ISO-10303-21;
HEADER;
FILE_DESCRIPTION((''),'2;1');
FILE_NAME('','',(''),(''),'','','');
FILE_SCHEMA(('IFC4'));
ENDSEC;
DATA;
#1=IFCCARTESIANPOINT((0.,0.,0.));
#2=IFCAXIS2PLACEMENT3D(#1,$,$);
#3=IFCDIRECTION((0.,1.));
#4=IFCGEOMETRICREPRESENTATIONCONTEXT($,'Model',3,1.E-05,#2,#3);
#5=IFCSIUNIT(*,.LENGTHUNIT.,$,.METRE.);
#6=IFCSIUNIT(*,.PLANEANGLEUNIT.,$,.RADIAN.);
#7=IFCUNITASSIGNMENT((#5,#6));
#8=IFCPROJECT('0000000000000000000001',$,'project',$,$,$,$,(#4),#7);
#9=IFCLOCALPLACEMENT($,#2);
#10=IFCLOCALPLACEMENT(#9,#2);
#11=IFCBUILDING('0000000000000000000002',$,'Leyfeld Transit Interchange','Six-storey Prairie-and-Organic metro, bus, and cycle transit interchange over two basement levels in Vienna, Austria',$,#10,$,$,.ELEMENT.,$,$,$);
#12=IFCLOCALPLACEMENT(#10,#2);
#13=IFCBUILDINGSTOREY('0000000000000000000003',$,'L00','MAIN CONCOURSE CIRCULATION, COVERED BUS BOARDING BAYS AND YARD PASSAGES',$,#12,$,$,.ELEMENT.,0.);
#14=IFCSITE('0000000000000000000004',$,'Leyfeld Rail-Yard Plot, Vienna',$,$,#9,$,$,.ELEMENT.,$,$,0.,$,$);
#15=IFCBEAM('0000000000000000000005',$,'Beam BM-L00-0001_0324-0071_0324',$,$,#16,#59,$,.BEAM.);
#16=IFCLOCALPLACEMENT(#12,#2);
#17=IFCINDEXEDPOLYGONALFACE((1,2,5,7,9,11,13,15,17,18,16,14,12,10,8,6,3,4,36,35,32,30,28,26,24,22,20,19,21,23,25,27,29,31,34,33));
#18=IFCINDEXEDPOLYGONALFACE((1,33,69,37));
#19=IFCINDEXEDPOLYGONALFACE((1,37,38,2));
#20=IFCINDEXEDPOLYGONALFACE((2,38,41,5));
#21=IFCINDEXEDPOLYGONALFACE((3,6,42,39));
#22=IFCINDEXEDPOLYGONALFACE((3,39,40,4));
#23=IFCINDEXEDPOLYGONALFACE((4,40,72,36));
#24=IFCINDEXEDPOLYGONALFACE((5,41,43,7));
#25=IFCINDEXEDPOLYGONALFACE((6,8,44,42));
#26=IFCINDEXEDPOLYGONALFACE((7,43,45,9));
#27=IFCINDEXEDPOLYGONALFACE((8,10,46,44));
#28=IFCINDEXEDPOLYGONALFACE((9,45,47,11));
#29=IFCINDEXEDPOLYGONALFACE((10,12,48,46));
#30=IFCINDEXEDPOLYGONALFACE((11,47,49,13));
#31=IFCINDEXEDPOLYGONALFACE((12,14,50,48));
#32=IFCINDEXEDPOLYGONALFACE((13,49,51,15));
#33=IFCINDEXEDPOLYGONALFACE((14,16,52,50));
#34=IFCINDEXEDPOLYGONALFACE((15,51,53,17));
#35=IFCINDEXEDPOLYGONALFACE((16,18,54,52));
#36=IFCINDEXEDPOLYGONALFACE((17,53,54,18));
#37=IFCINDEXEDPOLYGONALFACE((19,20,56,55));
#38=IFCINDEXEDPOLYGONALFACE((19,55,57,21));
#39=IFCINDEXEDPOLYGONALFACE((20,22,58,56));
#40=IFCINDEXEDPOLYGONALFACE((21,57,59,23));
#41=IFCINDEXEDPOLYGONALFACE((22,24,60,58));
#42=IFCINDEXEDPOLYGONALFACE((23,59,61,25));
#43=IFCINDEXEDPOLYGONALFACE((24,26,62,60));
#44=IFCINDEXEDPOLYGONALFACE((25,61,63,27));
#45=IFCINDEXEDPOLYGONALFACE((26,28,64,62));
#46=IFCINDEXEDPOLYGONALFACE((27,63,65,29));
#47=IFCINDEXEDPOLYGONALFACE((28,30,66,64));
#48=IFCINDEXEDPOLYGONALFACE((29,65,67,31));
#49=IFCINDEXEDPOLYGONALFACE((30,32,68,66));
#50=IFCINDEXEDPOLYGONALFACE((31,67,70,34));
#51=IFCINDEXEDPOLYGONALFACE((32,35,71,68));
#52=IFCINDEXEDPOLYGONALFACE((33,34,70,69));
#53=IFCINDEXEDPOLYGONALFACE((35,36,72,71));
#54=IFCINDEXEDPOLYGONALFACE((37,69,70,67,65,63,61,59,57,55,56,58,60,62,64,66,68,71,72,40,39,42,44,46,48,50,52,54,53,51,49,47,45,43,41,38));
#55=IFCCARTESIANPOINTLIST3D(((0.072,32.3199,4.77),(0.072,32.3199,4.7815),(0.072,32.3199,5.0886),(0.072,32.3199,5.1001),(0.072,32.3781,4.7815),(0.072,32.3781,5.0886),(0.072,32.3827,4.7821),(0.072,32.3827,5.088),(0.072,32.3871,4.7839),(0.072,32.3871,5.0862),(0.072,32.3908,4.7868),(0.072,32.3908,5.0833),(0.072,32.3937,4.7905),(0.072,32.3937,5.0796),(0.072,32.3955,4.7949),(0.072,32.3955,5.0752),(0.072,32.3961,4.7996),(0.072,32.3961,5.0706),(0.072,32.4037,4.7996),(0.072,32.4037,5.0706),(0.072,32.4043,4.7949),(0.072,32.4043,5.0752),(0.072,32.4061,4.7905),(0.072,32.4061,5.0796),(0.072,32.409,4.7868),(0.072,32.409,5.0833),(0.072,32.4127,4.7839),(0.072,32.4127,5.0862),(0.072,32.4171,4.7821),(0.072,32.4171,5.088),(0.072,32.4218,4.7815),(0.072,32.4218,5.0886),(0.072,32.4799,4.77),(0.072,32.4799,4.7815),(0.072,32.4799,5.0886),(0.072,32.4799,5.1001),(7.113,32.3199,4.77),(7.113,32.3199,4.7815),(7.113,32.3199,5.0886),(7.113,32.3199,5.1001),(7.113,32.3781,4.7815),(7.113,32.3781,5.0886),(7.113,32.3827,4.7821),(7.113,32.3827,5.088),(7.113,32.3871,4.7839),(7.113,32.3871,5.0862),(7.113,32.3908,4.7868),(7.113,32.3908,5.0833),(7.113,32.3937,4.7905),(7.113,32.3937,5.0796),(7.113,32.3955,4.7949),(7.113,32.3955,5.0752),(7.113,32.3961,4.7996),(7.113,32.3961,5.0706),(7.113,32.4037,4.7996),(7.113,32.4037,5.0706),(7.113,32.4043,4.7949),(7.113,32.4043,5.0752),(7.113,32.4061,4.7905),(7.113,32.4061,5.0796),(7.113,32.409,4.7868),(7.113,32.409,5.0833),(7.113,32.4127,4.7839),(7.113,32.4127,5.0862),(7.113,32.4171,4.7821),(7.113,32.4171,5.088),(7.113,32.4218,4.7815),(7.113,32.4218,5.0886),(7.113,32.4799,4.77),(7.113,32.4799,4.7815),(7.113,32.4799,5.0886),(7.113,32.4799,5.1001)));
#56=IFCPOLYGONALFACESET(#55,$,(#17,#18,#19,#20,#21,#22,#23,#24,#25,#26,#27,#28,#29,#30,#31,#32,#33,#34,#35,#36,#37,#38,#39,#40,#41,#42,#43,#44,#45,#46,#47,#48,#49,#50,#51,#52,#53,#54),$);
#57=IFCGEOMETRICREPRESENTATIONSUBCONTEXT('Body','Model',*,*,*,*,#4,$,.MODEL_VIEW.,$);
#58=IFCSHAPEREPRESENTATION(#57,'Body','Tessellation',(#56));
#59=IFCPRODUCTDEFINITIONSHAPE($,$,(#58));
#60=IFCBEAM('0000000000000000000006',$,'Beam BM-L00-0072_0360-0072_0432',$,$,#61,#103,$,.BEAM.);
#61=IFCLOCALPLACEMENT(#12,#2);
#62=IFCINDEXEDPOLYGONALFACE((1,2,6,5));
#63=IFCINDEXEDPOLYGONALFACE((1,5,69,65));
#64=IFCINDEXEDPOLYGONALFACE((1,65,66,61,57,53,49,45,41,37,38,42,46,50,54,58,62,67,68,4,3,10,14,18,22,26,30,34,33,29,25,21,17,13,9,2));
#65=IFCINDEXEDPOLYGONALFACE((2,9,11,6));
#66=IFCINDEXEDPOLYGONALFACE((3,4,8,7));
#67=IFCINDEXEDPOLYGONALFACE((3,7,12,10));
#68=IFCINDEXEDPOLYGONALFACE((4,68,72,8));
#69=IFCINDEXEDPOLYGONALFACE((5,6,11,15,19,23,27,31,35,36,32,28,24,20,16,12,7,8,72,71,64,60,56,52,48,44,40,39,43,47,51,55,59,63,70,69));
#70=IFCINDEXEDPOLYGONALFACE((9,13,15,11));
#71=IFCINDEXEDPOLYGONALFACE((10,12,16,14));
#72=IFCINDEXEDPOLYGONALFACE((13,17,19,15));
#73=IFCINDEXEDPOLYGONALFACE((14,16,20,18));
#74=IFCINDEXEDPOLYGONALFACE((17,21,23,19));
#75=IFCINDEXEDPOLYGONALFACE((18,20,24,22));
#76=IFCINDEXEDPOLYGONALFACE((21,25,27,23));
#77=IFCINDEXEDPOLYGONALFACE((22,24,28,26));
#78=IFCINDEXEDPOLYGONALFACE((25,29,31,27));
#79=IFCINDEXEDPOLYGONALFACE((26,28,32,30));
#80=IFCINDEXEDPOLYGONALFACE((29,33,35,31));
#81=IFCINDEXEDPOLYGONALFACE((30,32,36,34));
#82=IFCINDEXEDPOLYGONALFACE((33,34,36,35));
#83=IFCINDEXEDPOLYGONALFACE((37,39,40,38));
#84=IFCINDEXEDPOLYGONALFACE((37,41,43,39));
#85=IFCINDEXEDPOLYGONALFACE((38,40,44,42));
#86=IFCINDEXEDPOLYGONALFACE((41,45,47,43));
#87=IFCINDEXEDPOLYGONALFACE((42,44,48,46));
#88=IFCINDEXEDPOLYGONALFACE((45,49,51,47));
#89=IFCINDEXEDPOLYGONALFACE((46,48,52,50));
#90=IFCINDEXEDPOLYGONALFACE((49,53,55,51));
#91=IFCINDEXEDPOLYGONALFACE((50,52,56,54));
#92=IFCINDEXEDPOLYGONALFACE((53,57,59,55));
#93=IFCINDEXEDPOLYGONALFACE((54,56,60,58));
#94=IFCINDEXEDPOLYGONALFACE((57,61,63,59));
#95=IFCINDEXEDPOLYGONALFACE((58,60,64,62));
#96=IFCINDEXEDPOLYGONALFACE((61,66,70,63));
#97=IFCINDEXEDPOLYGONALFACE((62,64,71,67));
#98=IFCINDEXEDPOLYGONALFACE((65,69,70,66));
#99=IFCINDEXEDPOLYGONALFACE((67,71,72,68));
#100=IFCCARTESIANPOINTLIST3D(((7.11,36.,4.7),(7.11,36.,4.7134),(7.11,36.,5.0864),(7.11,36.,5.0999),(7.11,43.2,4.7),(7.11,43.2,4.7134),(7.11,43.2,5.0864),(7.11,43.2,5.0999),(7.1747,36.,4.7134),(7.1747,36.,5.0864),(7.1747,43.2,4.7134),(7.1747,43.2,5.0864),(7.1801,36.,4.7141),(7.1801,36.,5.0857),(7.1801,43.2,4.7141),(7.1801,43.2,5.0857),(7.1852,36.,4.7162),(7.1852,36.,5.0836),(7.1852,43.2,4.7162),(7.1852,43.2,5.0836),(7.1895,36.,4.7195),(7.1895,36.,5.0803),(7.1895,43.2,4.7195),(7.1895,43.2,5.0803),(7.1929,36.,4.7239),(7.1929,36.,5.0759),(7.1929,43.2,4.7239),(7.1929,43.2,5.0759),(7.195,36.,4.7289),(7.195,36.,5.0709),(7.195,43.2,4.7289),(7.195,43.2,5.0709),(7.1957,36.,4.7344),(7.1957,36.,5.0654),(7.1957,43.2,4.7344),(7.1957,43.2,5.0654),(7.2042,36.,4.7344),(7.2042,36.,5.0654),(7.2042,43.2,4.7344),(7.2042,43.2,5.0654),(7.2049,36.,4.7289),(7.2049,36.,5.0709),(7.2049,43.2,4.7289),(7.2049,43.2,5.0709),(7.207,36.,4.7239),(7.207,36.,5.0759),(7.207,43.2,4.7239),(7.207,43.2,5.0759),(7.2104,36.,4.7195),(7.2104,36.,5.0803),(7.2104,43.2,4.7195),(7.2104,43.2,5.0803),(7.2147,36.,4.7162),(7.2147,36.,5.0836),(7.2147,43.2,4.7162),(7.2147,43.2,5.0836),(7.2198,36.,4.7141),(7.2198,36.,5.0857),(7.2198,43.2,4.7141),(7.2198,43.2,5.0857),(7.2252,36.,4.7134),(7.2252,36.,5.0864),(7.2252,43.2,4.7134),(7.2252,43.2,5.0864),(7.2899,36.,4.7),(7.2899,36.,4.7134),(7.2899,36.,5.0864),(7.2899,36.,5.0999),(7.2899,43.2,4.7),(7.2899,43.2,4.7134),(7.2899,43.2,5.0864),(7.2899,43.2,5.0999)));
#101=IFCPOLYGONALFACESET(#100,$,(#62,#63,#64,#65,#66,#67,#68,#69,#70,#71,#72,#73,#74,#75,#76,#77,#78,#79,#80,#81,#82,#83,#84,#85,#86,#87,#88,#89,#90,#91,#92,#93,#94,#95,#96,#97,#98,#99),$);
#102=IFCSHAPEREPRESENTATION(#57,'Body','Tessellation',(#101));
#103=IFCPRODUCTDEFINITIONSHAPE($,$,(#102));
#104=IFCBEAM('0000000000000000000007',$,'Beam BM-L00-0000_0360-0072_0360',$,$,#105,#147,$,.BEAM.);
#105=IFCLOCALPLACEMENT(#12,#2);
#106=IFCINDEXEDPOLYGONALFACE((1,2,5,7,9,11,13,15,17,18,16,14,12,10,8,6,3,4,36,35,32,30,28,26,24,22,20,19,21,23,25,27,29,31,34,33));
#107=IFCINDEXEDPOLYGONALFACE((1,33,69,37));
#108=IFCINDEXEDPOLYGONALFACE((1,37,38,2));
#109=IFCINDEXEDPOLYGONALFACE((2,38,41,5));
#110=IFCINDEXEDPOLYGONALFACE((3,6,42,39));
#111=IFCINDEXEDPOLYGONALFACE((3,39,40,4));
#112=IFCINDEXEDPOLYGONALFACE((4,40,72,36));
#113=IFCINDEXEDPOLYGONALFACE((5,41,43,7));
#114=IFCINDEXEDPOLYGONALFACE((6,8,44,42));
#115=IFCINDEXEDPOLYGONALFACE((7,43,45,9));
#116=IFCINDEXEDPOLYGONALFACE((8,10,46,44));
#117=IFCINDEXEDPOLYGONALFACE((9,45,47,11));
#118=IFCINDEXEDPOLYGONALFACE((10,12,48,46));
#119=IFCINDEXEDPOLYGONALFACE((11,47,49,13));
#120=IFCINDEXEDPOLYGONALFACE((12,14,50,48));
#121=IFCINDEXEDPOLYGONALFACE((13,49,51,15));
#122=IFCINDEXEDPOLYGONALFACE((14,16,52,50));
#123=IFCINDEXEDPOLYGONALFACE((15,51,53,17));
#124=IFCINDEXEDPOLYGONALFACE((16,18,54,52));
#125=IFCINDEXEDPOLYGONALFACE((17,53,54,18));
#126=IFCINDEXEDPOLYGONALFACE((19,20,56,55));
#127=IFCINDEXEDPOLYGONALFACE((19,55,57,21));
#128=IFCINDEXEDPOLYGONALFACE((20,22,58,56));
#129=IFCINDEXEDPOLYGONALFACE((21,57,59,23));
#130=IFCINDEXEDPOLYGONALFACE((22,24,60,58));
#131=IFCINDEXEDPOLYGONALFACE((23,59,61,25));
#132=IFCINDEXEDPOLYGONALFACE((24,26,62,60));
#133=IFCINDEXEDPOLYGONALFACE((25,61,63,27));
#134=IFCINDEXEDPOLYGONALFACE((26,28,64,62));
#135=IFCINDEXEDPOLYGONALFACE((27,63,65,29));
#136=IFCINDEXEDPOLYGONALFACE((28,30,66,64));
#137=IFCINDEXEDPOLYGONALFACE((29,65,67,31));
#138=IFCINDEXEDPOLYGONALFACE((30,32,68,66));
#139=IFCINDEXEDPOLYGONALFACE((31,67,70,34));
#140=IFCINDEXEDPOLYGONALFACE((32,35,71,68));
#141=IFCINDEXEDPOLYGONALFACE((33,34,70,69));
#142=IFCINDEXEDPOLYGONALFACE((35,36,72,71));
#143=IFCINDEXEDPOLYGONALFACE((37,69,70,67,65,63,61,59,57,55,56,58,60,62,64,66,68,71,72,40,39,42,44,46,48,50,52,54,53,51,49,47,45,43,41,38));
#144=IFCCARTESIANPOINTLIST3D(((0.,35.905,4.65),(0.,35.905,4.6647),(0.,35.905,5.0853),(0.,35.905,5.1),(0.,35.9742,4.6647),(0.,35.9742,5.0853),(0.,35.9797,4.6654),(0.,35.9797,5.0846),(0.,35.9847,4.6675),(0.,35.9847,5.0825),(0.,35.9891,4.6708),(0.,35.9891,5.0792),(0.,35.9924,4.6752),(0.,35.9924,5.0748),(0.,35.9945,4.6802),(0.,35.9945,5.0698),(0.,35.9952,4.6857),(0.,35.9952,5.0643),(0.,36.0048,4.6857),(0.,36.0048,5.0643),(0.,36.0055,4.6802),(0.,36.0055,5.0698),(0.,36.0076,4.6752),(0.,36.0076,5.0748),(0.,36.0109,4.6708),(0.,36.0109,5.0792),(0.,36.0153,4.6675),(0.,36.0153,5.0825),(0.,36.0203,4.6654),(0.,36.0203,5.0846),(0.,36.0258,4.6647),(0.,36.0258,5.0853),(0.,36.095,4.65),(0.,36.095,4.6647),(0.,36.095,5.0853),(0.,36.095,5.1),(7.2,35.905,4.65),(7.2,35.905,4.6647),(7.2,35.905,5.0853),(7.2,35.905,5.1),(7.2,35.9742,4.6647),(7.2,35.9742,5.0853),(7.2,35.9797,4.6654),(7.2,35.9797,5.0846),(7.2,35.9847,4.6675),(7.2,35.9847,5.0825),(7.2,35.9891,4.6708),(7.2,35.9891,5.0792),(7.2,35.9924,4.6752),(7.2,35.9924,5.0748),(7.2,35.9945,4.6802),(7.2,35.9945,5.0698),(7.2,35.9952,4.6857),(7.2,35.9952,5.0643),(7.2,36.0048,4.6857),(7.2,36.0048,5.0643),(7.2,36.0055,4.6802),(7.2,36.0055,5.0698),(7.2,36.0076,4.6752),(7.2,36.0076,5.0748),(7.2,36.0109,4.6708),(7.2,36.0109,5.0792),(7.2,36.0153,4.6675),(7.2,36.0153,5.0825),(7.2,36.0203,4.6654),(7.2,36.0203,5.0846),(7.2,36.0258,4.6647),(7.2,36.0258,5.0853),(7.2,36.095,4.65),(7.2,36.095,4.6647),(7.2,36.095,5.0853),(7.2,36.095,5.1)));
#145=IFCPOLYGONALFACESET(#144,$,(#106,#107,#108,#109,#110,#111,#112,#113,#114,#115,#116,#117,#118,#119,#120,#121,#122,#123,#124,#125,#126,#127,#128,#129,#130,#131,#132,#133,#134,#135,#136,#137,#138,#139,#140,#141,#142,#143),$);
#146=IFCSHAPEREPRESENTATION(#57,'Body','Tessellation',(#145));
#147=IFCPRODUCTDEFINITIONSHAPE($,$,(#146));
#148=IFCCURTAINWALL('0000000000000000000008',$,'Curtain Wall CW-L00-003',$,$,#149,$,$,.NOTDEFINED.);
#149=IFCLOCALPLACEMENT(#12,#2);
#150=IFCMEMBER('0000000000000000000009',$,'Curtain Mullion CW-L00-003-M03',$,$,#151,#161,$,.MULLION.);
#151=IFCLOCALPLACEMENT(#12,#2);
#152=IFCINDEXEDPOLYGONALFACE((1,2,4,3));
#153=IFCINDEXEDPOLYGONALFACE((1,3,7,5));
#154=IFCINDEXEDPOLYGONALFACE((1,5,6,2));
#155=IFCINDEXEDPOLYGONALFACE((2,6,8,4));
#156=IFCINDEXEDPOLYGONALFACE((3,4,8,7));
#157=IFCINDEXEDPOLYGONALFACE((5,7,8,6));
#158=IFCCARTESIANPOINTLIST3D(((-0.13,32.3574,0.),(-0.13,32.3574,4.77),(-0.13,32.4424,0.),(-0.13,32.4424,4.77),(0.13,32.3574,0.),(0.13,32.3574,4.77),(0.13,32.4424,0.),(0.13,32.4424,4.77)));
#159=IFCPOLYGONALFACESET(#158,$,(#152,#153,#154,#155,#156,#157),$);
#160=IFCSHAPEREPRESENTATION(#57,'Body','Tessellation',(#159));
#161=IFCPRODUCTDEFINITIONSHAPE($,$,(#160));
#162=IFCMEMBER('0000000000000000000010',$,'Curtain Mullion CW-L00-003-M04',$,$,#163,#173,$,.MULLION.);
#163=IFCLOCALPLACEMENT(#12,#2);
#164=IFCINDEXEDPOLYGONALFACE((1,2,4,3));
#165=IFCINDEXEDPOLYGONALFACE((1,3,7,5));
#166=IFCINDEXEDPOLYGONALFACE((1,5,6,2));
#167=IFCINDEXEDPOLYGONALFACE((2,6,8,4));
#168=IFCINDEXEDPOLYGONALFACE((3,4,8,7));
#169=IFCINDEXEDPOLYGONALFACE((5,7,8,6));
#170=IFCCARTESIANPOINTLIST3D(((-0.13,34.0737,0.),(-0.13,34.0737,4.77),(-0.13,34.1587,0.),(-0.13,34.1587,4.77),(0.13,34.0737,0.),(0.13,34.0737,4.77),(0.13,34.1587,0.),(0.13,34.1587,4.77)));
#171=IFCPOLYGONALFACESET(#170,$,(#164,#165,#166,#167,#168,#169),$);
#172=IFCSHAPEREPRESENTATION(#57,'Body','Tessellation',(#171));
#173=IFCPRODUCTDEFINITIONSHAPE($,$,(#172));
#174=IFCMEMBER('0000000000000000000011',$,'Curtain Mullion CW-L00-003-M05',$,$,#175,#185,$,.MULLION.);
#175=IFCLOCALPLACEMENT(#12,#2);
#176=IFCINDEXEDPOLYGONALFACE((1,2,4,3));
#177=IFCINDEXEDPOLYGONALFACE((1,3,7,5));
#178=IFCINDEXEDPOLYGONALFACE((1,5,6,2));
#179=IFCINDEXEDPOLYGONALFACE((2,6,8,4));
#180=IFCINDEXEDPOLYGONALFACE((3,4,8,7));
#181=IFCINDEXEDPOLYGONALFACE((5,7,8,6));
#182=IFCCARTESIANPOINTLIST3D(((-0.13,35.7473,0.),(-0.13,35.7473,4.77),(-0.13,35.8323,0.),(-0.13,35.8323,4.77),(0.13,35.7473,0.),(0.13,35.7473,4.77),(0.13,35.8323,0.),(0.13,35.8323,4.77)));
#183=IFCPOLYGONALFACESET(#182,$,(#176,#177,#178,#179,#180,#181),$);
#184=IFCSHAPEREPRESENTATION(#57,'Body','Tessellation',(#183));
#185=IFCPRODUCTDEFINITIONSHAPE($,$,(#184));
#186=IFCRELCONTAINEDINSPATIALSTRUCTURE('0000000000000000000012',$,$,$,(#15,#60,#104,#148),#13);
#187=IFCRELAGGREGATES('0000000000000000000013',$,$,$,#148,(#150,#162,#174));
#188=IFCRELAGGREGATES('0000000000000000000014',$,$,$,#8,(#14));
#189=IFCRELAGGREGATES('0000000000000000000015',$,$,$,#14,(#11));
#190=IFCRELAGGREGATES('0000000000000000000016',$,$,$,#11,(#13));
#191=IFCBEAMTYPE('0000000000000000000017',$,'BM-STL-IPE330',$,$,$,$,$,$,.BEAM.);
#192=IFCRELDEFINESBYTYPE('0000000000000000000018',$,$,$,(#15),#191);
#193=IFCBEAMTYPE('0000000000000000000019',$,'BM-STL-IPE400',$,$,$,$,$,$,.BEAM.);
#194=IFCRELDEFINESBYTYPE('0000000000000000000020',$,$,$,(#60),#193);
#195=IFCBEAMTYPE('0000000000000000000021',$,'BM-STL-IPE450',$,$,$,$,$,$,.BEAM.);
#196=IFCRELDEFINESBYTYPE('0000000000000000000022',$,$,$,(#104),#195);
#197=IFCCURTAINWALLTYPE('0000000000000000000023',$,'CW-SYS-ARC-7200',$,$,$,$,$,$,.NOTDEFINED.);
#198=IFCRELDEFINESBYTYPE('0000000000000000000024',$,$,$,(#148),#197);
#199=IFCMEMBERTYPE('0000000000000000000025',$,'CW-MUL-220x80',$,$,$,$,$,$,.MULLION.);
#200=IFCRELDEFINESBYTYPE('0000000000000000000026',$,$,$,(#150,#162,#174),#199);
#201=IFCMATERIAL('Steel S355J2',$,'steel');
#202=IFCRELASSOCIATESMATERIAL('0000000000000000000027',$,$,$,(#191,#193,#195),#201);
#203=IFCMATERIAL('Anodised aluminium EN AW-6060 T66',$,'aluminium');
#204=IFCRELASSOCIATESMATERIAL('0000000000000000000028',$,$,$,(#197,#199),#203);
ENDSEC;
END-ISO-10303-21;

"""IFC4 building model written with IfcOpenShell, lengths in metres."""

from ifc_helpers import new_model, si_unit, direction, frame, origin, origin_2d, place, context, subcontext, project, spatial, rectangle, i_section, extrude, material, material_profile, profile_set, type_object, element, aggregate, save


model = new_model("IFC4")

# Units and contexts
model_context = context("Model", 3, precision=1e-05, world=origin(), true_north=direction((0.0, 1.0)))
body_context = subcontext(model_context, "Body", "Model", "MODEL_VIEW")
ifc_project = project(units=[si_unit("LENGTHUNIT", "METRE"), si_unit("PLANEANGLEUNIT", "RADIAN")], contexts=[model_context])

# Site, building, storey
site_placement = place(None, origin())
site = spatial("IfcSite", under=ifc_project, at=site_placement, Name="Leyfeld Rail-Yard Plot, Vienna", CompositionType="ELEMENT", RefElevation=0.0)
building_placement = place(site_placement, origin())
building = spatial("IfcBuilding", under=site, at=building_placement, Name="Leyfeld Transit Interchange", Description="Six-storey Prairie-and-Organic metro, bus, and cycle transit interchange over two basement levels in Vienna, Austria", CompositionType="ELEMENT")
storey_placement = place(building_placement, origin())
storey = spatial("IfcBuildingStorey", under=building, at=storey_placement, Name="L00", Description="MAIN CONCOURSE CIRCULATION, COVERED BUS BOARDING BAYS AND YARD PASSAGES", CompositionType="ELEMENT", Elevation=0.0)

# Shared definitions
ifc_material_1 = material(Name="Steel S355J2", Category="steel")

# Beams
ifc_material_profile_1 = material_profile(ifc_material_1, i_section(OverallWidth=0.1599, OverallDepth=0.3301, WebThickness=0.0076, FlangeThickness=0.0115, FilletRadius=0.0181, at=origin_2d()), Name="IPE 330")
ifc_profile_set_1 = profile_set([ifc_material_profile_1], Name="Steel S355J2")
beam_type_1 = type_object("IfcBeamType", Name="BM-STL-IPE330", PredefinedType="BEAM", material=ifc_profile_set_1)
beam_1_placement = place(storey_placement, frame((0.072, 32.3999, 4.9351), z_axis=(1.0, 0.0, 0.0), x_axis=(0.0, 1.0, 0.0)))
element("IfcBeam", 1, at=beam_1_placement, inside=storey, type_object=beam_type_1, Name="Beam BM-L00-0001_0324-0071_0324", PredefinedType="BEAM", context=body_context, shape_type="SweptSolid", body=[
    extrude(i_section(OverallWidth=0.1599, OverallDepth=0.3301, WebThickness=0.0076, FlangeThickness=0.0115, FilletRadius=0.0181, at=origin_2d()), origin(), (0.0, 0.0, 1.0), 7.041),
])
ifc_material_profile_2 = material_profile(ifc_material_1, i_section(OverallWidth=0.1799, OverallDepth=0.3999, WebThickness=0.0085, FlangeThickness=0.0134, FilletRadius=0.021, at=origin_2d()), Name="IPE 400")
ifc_profile_set_2 = profile_set([ifc_material_profile_2], Name="Steel S355J2")
beam_type_2 = type_object("IfcBeamType", Name="BM-STL-IPE400", PredefinedType="BEAM", material=ifc_profile_set_2)
beam_2_placement = place(storey_placement, frame((7.2, 36.0, 4.8999), z_axis=(0.0, 1.0, 0.0), x_axis=(-1.0, 0.0, 0.0)))
element("IfcBeam", 2, at=beam_2_placement, inside=storey, type_object=beam_type_2, Name="Beam BM-L00-0072_0360-0072_0432", PredefinedType="BEAM", context=body_context, shape_type="SweptSolid", body=[
    extrude(i_section(OverallWidth=0.1799, OverallDepth=0.3999, WebThickness=0.0085, FlangeThickness=0.0134, FilletRadius=0.021, at=origin_2d()), origin(), (0.0, 0.0, 1.0), 7.2),
])
ifc_material_profile_3 = material_profile(ifc_material_1, i_section(OverallWidth=0.1899, OverallDepth=0.45, WebThickness=0.0095, FlangeThickness=0.0146, FilletRadius=0.021, at=origin_2d()), Name="IPE 450")
ifc_profile_set_3 = profile_set([ifc_material_profile_3], Name="Steel S355J2")
beam_type_3 = type_object("IfcBeamType", Name="BM-STL-IPE450", PredefinedType="BEAM", material=ifc_profile_set_3)
beam_3_placement = place(storey_placement, frame((0.0, 36.0, 4.875), z_axis=(1.0, 0.0, 0.0), x_axis=(0.0, 1.0, 0.0)))
element("IfcBeam", 3, at=beam_3_placement, inside=storey, type_object=beam_type_3, Name="Beam BM-L00-0000_0360-0072_0360", PredefinedType="BEAM", context=body_context, shape_type="SweptSolid", body=[
    extrude(i_section(OverallWidth=0.1899, OverallDepth=0.45, WebThickness=0.0095, FlangeThickness=0.0146, FilletRadius=0.021, at=origin_2d()), origin(), (0.0, 0.0, 1.0), 7.2),
])

# Curtain wall, members
ifc_material_2 = material(Name="Anodised aluminium EN AW-6060 T66", Category="aluminium")
curtain_wall_type = type_object("IfcCurtainWallType", Name="CW-SYS-ARC-7200", PredefinedType="NOTDEFINED", material=ifc_material_2)
curtain_wall_1_placement = place(storey_placement, origin())
curtain_wall_1 = element("IfcCurtainWall", 4, at=curtain_wall_1_placement, inside=storey, type_object=curtain_wall_type, Name="Curtain Wall CW-L00-003", PredefinedType="NOTDEFINED")
ifc_material_profile_4 = material_profile(ifc_material_2, rectangle(XDim=0.085, YDim=0.26, at=origin_2d()), Name="CW-M 85x260")
ifc_profile_set_4 = profile_set([ifc_material_profile_4], Name="Anodised aluminium EN AW-6060 T66")
member_type_1 = type_object("IfcMemberType", Name="CW-MUL-220x80", PredefinedType="MULLION", material=ifc_profile_set_4)
member_1_placement = place(storey_placement, frame((0.0, 32.3999, 0.0), z_axis=(0.0, 0.0, 1.0), x_axis=(0.0, 1.0, 0.0)))
member_1 = element("IfcMember", 5, at=member_1_placement, type_object=member_type_1, Name="Curtain Mullion CW-L00-003-M03", PredefinedType="MULLION", context=body_context, shape_type="SweptSolid", body=[
    extrude(rectangle(XDim=0.085, YDim=0.26, at=origin_2d()), origin(), (0.0, 0.0, 1.0), 4.77),
])
member_2_placement = place(storey_placement, frame((0.0, 34.1162, 0.0), z_axis=(0.0, 0.0, 1.0), x_axis=(0.0, 1.0, 0.0)))
member_2 = element("IfcMember", 6, at=member_2_placement, type_object=member_type_1, Name="Curtain Mullion CW-L00-003-M04", PredefinedType="MULLION", context=body_context, shape_type="SweptSolid", body=[
    extrude(rectangle(XDim=0.085, YDim=0.26, at=origin_2d()), origin(), (0.0, 0.0, 1.0), 4.77),
])
member_3_placement = place(storey_placement, frame((0.0, 35.7898, 0.0), z_axis=(0.0, 0.0, 1.0), x_axis=(0.0, 1.0, 0.0)))
member_3 = element("IfcMember", 7, at=member_3_placement, type_object=member_type_1, Name="Curtain Mullion CW-L00-003-M05", PredefinedType="MULLION", context=body_context, shape_type="SweptSolid", body=[
    extrude(rectangle(XDim=0.085, YDim=0.26, at=origin_2d()), origin(), (0.0, 0.0, 1.0), 4.77),
])

aggregate(curtain_wall_1, [member_1, member_2, member_3])

save(model, "model.ifc")
